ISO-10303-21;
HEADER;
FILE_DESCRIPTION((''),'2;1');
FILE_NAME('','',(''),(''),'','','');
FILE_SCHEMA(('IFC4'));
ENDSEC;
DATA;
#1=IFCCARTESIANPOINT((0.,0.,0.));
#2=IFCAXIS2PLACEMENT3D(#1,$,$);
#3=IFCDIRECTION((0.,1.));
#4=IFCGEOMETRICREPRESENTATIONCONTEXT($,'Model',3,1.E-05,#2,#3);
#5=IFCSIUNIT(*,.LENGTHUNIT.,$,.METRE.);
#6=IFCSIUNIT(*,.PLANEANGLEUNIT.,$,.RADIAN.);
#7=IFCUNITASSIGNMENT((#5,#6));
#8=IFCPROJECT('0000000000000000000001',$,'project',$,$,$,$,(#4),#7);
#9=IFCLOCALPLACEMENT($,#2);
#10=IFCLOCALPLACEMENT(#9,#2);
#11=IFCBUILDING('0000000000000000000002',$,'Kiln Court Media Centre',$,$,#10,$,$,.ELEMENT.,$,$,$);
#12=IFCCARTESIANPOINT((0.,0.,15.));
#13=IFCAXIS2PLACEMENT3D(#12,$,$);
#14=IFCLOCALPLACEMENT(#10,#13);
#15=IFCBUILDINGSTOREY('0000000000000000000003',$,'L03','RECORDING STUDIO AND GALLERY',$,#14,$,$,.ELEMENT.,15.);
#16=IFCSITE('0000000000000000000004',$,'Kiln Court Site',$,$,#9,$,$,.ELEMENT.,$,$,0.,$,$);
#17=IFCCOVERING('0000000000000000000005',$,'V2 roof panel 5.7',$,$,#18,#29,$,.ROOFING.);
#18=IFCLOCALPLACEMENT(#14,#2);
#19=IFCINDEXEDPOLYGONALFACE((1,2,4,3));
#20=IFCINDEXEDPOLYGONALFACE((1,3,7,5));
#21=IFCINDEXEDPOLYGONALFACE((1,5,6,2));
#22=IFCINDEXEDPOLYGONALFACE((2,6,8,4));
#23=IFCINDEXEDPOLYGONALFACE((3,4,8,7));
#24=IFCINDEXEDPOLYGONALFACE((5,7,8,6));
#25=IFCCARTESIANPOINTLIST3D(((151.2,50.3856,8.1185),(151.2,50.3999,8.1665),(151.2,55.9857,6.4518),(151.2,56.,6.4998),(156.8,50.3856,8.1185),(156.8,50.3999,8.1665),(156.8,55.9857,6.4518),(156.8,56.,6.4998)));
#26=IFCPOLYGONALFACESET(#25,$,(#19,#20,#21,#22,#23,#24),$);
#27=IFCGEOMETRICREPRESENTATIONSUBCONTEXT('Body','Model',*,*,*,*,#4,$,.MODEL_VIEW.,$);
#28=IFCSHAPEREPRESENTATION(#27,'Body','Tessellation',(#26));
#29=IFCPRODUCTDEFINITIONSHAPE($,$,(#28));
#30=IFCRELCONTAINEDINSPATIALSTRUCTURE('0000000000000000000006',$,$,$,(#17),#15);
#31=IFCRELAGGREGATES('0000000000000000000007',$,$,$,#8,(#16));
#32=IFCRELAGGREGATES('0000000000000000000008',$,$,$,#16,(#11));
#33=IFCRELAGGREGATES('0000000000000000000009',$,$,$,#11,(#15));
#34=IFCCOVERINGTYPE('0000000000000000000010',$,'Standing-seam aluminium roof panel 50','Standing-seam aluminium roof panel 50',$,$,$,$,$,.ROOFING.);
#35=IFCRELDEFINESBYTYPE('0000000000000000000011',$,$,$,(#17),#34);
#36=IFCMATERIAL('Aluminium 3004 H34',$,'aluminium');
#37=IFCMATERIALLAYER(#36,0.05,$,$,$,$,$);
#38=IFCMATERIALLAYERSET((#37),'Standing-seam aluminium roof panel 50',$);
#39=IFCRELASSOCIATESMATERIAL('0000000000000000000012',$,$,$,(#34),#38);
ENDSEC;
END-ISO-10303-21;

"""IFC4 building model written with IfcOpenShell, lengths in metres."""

from ifc_helpers import new_model, si_unit, direction, frame, origin, place, context, subcontext, project, spatial, polyline, outline, extrude, material, layer, layer_set, type_object, element, save


model = new_model("IFC4")

# Units and contexts
model_context = context("Model", 3, precision=1e-05, world=origin(), true_north=direction((0.0, 1.0)))
body_context = subcontext(model_context, "Body", "Model", "MODEL_VIEW")
ifc_project = project(units=[si_unit("LENGTHUNIT", "METRE"), si_unit("PLANEANGLEUNIT", "RADIAN")], contexts=[model_context])

# Site, building, storey
site_placement = place(None, origin())
site = spatial("IfcSite", under=ifc_project, at=site_placement, Name="Kiln Court Site", CompositionType="ELEMENT", RefElevation=0.0)
building_placement = place(site_placement, origin())
building = spatial("IfcBuilding", under=site, at=building_placement, Name="Kiln Court Media Centre", CompositionType="ELEMENT")
storey_placement = place(building_placement, frame((0.0, 0.0, 15.0)))
storey = spatial("IfcBuildingStorey", under=building, at=storey_placement, Name="L03", Description="RECORDING STUDIO AND GALLERY", CompositionType="ELEMENT", Elevation=15.0)

# Covering
ifc_material_1 = material(Name="Aluminium 3004 H34", Category="aluminium")
ifc_layer_1 = layer(ifc_material_1, 0.05)
ifc_layer_set_1 = layer_set([ifc_layer_1], Name="Standing-seam aluminium roof panel 50")
covering_type = type_object("IfcCoveringType", Name="Standing-seam aluminium roof panel 50", Description="Standing-seam aluminium roof panel 50", PredefinedType="ROOFING", material=ifc_layer_set_1)
covering_1_placement = place(storey_placement, frame((151.2, 50.3999, 8.1665), z_axis=(0.0, 0.285262, 0.95845), x_axis=(0.0, 0.95845, -0.285262)))
element("IfcCovering", 1, at=covering_1_placement, inside=storey, type_object=covering_type, Name="V2 roof panel 5.7", PredefinedType="ROOFING", context=body_context, shape_type="SweptSolid", body=[
    extrude(outline(polyline([(0.0, 0.0), (5.8429, 0.0), (5.8429, -5.6001), (0.0, -5.6001), (0.0, 0.0)])), origin(), (0.0, 0.0, -1.0), 0.05),
])

save(model, "model.ifc")
